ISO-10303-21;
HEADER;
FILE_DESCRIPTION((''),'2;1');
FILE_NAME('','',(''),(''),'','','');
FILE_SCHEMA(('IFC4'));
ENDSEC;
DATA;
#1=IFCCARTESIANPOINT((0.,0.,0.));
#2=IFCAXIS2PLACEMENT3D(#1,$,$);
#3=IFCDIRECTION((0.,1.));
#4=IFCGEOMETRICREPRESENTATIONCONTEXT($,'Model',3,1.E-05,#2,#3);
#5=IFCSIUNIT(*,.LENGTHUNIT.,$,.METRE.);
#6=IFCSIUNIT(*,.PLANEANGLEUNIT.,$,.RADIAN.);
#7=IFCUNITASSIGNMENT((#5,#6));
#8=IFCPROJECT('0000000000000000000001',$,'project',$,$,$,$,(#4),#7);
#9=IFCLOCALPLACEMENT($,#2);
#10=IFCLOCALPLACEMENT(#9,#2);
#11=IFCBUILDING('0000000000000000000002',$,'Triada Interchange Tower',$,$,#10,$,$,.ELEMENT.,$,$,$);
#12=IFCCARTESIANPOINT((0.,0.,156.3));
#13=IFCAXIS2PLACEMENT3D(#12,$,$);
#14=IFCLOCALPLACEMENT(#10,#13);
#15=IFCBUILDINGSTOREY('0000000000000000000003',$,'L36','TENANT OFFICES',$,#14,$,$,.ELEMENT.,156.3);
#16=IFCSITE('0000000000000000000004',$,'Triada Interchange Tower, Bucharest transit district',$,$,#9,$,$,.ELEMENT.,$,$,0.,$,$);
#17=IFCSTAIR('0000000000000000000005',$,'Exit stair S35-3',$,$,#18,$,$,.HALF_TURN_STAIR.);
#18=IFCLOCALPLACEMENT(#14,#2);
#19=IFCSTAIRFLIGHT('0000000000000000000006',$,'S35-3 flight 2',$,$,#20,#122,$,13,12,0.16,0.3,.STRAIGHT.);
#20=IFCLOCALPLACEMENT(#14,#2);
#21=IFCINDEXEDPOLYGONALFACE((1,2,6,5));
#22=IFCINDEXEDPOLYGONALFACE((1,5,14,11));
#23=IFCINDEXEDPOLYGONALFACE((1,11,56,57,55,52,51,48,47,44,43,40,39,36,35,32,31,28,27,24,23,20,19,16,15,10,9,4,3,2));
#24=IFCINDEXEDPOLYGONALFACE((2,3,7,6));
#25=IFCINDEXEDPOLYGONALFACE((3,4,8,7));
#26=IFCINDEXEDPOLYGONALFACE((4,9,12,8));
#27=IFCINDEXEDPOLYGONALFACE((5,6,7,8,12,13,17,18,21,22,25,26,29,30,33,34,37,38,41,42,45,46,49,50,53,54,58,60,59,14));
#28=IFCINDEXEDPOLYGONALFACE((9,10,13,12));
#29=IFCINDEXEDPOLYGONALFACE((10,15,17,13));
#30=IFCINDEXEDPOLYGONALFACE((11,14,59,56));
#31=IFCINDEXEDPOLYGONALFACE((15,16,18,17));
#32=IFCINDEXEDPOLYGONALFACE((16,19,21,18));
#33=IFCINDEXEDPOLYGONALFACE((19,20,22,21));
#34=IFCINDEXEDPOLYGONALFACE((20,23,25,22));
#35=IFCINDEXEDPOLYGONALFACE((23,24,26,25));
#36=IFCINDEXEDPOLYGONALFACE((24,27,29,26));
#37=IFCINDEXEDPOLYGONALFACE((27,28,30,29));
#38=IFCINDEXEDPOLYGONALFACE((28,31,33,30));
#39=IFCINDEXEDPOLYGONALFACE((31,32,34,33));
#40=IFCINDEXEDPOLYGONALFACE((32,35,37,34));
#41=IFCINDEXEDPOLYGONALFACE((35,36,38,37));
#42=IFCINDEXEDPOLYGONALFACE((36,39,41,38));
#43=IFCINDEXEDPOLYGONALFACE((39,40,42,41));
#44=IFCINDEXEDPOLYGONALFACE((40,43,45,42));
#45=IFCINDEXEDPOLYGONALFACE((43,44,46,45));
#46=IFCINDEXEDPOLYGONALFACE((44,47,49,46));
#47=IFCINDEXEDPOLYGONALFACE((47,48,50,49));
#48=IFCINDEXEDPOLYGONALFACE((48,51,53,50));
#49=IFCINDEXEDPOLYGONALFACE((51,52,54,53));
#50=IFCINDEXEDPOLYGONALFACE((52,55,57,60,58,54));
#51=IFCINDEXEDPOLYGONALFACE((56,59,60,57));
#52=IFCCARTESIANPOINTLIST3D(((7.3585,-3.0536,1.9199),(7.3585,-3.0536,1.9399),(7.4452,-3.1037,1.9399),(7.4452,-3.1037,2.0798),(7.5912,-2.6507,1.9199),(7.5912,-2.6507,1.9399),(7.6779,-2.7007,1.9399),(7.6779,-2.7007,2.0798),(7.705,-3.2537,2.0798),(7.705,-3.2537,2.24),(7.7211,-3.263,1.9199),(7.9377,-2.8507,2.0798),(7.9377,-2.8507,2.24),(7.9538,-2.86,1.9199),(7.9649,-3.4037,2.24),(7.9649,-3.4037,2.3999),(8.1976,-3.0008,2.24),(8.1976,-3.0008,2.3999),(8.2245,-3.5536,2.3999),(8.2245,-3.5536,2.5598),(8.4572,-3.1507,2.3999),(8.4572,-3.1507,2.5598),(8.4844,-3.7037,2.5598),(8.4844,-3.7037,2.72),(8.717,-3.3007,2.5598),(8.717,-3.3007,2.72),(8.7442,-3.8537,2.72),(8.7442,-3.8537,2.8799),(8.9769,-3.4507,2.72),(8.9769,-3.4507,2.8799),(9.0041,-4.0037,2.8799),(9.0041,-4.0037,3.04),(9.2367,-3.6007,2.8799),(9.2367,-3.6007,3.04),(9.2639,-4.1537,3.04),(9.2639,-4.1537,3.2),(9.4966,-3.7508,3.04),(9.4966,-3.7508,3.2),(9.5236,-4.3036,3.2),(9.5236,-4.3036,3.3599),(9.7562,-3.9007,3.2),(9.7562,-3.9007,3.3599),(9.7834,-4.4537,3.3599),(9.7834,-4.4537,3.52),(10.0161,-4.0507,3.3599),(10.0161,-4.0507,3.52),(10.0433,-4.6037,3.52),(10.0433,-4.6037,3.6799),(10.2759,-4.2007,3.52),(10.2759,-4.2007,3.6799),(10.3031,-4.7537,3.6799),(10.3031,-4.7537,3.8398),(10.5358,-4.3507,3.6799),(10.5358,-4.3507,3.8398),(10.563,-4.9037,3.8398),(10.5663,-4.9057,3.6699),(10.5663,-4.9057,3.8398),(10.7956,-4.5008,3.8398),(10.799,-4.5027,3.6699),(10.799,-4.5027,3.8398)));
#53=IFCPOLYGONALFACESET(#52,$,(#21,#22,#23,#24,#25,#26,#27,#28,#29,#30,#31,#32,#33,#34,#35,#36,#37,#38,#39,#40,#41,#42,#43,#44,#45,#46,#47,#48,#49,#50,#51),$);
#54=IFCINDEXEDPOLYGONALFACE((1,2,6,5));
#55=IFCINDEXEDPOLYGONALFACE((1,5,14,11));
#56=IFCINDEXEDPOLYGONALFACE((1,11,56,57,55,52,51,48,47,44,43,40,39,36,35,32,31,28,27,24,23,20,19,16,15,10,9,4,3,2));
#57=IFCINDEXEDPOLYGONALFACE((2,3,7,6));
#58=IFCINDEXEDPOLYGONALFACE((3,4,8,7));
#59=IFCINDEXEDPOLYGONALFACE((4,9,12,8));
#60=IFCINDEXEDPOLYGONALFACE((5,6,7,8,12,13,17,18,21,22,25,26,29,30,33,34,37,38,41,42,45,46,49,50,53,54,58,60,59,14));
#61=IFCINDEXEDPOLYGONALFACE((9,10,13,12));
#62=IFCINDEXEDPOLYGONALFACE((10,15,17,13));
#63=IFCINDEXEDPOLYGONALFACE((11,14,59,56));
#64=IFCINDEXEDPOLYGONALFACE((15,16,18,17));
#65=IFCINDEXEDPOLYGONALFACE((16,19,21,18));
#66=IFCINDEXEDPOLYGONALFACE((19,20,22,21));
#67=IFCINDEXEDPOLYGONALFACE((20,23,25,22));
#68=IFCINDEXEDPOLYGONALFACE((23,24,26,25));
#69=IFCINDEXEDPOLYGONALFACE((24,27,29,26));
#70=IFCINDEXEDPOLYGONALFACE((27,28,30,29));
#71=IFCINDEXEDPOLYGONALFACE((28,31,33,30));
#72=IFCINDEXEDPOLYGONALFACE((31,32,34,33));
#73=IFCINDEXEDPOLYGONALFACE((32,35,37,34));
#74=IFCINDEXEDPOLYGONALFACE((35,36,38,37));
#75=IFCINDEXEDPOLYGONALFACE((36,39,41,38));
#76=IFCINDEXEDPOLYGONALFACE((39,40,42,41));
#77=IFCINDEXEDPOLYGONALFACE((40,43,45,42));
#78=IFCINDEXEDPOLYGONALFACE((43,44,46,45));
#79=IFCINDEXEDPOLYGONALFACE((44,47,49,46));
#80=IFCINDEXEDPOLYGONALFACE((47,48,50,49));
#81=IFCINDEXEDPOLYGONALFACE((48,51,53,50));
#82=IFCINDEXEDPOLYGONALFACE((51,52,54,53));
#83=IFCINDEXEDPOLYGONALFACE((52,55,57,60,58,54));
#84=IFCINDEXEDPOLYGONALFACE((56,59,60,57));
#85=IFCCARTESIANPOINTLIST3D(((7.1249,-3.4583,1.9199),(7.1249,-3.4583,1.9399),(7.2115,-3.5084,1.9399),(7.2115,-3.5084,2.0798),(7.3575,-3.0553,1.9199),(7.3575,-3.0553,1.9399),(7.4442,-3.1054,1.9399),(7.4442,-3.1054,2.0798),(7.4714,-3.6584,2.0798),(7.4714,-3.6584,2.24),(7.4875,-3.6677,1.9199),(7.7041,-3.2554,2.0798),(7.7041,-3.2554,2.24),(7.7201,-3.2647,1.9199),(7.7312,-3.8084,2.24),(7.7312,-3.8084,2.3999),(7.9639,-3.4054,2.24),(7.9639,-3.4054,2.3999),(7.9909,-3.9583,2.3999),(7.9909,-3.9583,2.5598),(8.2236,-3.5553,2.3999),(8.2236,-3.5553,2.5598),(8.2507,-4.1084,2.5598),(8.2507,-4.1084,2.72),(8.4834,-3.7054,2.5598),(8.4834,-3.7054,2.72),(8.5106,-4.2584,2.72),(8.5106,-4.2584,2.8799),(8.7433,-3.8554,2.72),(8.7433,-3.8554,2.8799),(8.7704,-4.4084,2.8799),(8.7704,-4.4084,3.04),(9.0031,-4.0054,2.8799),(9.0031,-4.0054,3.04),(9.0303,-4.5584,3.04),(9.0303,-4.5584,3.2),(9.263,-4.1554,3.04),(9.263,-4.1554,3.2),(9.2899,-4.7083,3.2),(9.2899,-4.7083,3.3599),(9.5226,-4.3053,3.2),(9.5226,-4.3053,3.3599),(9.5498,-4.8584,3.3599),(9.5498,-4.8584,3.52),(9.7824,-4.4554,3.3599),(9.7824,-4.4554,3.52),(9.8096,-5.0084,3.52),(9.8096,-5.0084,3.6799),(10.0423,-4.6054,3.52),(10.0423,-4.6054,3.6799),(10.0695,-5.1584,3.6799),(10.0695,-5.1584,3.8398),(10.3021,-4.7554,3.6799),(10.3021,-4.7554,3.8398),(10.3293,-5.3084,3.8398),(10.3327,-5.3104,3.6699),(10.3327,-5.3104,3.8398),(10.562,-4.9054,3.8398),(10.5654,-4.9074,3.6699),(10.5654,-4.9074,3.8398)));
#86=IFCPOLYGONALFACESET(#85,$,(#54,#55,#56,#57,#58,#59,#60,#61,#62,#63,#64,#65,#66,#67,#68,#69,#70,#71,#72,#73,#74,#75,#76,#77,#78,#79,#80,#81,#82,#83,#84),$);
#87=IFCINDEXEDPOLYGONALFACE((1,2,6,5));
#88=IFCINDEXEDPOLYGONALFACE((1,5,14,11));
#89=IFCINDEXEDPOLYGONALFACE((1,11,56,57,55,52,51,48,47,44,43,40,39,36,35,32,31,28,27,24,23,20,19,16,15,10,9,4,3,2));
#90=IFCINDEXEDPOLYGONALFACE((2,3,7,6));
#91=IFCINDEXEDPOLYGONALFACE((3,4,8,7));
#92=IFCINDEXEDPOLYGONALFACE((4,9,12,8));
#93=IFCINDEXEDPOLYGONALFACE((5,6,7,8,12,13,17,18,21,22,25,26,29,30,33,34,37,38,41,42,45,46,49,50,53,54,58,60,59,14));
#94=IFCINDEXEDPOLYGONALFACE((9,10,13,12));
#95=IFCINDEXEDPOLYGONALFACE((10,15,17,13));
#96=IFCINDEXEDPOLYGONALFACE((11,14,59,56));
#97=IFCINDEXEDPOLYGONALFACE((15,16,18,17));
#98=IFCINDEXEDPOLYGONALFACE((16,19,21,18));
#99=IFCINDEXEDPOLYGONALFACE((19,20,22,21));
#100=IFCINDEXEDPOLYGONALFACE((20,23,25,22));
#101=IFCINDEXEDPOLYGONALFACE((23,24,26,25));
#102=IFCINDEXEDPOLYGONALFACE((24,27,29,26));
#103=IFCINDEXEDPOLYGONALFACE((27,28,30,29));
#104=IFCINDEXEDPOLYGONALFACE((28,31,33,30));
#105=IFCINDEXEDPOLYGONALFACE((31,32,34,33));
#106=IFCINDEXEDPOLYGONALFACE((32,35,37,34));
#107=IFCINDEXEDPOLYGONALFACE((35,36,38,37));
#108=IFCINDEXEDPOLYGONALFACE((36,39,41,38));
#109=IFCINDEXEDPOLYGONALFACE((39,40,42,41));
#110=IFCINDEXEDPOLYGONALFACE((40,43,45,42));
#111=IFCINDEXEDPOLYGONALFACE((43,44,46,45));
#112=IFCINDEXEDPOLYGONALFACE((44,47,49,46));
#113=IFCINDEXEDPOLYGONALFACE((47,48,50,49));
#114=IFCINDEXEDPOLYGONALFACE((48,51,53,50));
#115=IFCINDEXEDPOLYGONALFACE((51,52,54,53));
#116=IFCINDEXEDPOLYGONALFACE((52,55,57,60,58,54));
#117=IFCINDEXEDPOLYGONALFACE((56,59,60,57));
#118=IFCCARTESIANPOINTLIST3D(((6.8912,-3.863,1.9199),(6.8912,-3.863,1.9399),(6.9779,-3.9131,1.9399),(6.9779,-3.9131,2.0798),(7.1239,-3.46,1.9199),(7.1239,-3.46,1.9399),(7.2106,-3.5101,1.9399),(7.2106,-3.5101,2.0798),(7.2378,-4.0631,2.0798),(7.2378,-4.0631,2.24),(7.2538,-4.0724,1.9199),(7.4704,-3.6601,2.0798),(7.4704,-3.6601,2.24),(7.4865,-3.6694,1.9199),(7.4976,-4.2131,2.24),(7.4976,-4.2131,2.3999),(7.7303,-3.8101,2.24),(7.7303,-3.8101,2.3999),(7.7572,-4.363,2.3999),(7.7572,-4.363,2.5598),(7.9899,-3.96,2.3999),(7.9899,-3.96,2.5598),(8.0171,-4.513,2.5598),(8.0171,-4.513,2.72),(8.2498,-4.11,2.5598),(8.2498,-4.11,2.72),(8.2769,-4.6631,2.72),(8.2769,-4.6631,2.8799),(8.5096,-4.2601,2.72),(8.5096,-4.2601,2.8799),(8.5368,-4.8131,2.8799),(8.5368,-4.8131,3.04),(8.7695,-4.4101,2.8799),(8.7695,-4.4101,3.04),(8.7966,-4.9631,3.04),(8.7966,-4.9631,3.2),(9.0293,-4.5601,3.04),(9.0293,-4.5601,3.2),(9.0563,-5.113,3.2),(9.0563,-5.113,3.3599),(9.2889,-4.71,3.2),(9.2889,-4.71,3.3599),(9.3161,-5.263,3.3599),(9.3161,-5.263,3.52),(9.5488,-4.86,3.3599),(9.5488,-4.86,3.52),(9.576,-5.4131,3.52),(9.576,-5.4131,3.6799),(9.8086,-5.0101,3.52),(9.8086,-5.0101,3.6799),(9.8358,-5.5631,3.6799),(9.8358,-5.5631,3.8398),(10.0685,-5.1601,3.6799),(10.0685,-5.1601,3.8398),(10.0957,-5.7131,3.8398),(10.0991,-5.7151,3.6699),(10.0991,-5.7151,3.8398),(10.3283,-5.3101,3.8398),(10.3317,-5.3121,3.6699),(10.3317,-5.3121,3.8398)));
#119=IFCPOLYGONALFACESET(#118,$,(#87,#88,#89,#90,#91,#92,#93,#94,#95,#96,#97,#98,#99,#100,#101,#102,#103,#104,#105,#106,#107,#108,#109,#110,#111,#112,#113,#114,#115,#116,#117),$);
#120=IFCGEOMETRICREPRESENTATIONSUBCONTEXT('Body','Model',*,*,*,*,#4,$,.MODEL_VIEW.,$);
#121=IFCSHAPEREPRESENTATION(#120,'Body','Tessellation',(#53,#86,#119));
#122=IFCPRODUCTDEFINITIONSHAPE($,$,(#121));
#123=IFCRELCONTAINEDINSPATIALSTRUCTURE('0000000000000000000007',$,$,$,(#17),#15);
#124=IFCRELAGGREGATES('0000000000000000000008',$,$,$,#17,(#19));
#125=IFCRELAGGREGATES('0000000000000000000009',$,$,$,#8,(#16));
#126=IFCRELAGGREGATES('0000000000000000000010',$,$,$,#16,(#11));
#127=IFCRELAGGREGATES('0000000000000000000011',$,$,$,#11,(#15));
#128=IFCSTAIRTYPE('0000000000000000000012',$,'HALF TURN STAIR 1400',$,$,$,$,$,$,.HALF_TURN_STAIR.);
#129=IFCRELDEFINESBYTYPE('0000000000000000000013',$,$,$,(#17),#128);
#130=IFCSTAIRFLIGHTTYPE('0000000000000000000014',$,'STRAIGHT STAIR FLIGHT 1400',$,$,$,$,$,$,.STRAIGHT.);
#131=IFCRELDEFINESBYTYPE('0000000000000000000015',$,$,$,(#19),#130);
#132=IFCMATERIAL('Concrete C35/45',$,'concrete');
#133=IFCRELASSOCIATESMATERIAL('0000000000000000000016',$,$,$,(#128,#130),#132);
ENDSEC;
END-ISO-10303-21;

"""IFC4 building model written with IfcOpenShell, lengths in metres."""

from ifc_helpers import new_model, si_unit, direction, frame, origin, place, context, subcontext, project, spatial, polyline, outline, extrude, material, type_object, element, aggregate, save


model = new_model("IFC4")

# Units and contexts
model_context = context("Model", 3, precision=1e-05, world=origin(), true_north=direction((0.0, 1.0)))
body_context = subcontext(model_context, "Body", "Model", "MODEL_VIEW")
ifc_project = project(units=[si_unit("LENGTHUNIT", "METRE"), si_unit("PLANEANGLEUNIT", "RADIAN")], contexts=[model_context])

# Site, building, storey
site_placement = place(None, origin())
site = spatial("IfcSite", under=ifc_project, at=site_placement, Name="Triada Interchange Tower, Bucharest transit district", CompositionType="ELEMENT", RefElevation=0.0)
building_placement = place(site_placement, origin())
building = spatial("IfcBuilding", under=site, at=building_placement, Name="Triada Interchange Tower", CompositionType="ELEMENT")
storey_placement = place(building_placement, frame((0.0, 0.0, 156.3)))
storey = spatial("IfcBuildingStorey", under=building, at=storey_placement, Name="L36", Description="TENANT OFFICES", CompositionType="ELEMENT", Elevation=156.3)

# Stair, stair flight
ifc_material_1 = material(Name="Concrete C35/45", Category="concrete")
stair_type = type_object("IfcStairType", Name="HALF TURN STAIR 1400", PredefinedType="HALF_TURN_STAIR", material=ifc_material_1)
stair_placement = place(storey_placement, origin())
stair = element("IfcStair", 1, at=stair_placement, inside=storey, type_object=stair_type, Name="Exit stair S35-3", PredefinedType="HALF_TURN_STAIR")
stair_flight_type = type_object("IfcStairFlightType", Name="STRAIGHT STAIR FLIGHT 1400", PredefinedType="STRAIGHT", material=ifc_material_1)
stair_flight_1_placement = place(storey_placement, frame((7.3279, -3.3069, 1.9199), z_axis=(0.0, 0.0, 1.0), x_axis=(0.866025, -0.5, 0.0)))
stair_flight_1 = element("IfcStairFlight", 2, at=stair_flight_1_placement, type_object=stair_flight_type, Name="S35-3 flight 2", NumberOfRisers=13, NumberOfTreads=12, PredefinedType="STRAIGHT", RiserHeight=0.16, TreadLength=0.3, context=body_context, shape_type="SweptSolid", body=[
    extrude(outline(polyline([(-0.1001, 0.0), (-0.1001, 0.02), (0.0, 0.02), (0.0, 0.1599), (0.3, 0.1599), (0.3, 0.3201), (0.6001, 0.3201), (0.6001, 0.48), (0.8999, 0.48), (0.8999, 0.6399), (1.2, 0.6399), (1.2, 0.8), (1.5, 0.8), (1.5, 0.96), (1.8, 0.96), (1.8, 1.1201), (2.1001, 1.1201), (2.1001, 1.28), (2.3999, 1.28), (2.3999, 1.4399), (2.7, 1.4399), (2.7, 1.6001), (3.0, 1.6001), (3.0, 1.76), (3.3, 1.76), (3.3, 1.9199), (3.6001, 1.9199), (3.604, 1.9199), (3.604, 2.0801), (3.604, 1.75), (0.3186, 0.0), (-0.1001, 0.0)])), frame((0.0, 0.7, 0.0), z_axis=(0.0, -1.0, 0.0), x_axis=(1.0, 0.0, 0.0)), (0.0, 0.0, 1.0), 0.4653),
    extrude(outline(polyline([(-0.1001, 0.0), (-0.1001, 0.02), (0.0, 0.02), (0.0, 0.1599), (0.3, 0.1599), (0.3, 0.3201), (0.6001, 0.3201), (0.6001, 0.48), (0.8999, 0.48), (0.8999, 0.6399), (1.2, 0.6399), (1.2, 0.8), (1.5, 0.8), (1.5, 0.96), (1.8, 0.96), (1.8, 1.1201), (2.1001, 1.1201), (2.1001, 1.28), (2.3999, 1.28), (2.3999, 1.4399), (2.7, 1.4399), (2.7, 1.6001), (3.0, 1.6001), (3.0, 1.76), (3.3, 1.76), (3.3, 1.9199), (3.6001, 1.9199), (3.604, 1.9199), (3.604, 2.0801), (3.604, 1.75), (0.3186, 0.0), (-0.1001, 0.0)])), frame((0.0, 0.2327, 0.0), z_axis=(0.0, -1.0, 0.0), x_axis=(1.0, 0.0, 0.0)), (0.0, 0.0, 1.0), 0.4653),
    extrude(outline(polyline([(-0.1001, 0.0), (-0.1001, 0.02), (0.0, 0.02), (0.0, 0.1599), (0.3, 0.1599), (0.3, 0.3201), (0.6001, 0.3201), (0.6001, 0.48), (0.8999, 0.48), (0.8999, 0.6399), (1.2, 0.6399), (1.2, 0.8), (1.5, 0.8), (1.5, 0.96), (1.8, 0.96), (1.8, 1.1201), (2.1001, 1.1201), (2.1001, 1.28), (2.3999, 1.28), (2.3999, 1.4399), (2.7, 1.4399), (2.7, 1.6001), (3.0, 1.6001), (3.0, 1.76), (3.3, 1.76), (3.3, 1.9199), (3.6001, 1.9199), (3.604, 1.9199), (3.604, 2.0801), (3.604, 1.75), (0.3186, 0.0), (-0.1001, 0.0)])), frame((0.0, -0.2346, 0.0), z_axis=(0.0, -1.0, 0.0), x_axis=(1.0, 0.0, 0.0)), (0.0, 0.0, 1.0), 0.4653),
])
aggregate(stair, [stair_flight_1])

save(model, "model.ifc")
